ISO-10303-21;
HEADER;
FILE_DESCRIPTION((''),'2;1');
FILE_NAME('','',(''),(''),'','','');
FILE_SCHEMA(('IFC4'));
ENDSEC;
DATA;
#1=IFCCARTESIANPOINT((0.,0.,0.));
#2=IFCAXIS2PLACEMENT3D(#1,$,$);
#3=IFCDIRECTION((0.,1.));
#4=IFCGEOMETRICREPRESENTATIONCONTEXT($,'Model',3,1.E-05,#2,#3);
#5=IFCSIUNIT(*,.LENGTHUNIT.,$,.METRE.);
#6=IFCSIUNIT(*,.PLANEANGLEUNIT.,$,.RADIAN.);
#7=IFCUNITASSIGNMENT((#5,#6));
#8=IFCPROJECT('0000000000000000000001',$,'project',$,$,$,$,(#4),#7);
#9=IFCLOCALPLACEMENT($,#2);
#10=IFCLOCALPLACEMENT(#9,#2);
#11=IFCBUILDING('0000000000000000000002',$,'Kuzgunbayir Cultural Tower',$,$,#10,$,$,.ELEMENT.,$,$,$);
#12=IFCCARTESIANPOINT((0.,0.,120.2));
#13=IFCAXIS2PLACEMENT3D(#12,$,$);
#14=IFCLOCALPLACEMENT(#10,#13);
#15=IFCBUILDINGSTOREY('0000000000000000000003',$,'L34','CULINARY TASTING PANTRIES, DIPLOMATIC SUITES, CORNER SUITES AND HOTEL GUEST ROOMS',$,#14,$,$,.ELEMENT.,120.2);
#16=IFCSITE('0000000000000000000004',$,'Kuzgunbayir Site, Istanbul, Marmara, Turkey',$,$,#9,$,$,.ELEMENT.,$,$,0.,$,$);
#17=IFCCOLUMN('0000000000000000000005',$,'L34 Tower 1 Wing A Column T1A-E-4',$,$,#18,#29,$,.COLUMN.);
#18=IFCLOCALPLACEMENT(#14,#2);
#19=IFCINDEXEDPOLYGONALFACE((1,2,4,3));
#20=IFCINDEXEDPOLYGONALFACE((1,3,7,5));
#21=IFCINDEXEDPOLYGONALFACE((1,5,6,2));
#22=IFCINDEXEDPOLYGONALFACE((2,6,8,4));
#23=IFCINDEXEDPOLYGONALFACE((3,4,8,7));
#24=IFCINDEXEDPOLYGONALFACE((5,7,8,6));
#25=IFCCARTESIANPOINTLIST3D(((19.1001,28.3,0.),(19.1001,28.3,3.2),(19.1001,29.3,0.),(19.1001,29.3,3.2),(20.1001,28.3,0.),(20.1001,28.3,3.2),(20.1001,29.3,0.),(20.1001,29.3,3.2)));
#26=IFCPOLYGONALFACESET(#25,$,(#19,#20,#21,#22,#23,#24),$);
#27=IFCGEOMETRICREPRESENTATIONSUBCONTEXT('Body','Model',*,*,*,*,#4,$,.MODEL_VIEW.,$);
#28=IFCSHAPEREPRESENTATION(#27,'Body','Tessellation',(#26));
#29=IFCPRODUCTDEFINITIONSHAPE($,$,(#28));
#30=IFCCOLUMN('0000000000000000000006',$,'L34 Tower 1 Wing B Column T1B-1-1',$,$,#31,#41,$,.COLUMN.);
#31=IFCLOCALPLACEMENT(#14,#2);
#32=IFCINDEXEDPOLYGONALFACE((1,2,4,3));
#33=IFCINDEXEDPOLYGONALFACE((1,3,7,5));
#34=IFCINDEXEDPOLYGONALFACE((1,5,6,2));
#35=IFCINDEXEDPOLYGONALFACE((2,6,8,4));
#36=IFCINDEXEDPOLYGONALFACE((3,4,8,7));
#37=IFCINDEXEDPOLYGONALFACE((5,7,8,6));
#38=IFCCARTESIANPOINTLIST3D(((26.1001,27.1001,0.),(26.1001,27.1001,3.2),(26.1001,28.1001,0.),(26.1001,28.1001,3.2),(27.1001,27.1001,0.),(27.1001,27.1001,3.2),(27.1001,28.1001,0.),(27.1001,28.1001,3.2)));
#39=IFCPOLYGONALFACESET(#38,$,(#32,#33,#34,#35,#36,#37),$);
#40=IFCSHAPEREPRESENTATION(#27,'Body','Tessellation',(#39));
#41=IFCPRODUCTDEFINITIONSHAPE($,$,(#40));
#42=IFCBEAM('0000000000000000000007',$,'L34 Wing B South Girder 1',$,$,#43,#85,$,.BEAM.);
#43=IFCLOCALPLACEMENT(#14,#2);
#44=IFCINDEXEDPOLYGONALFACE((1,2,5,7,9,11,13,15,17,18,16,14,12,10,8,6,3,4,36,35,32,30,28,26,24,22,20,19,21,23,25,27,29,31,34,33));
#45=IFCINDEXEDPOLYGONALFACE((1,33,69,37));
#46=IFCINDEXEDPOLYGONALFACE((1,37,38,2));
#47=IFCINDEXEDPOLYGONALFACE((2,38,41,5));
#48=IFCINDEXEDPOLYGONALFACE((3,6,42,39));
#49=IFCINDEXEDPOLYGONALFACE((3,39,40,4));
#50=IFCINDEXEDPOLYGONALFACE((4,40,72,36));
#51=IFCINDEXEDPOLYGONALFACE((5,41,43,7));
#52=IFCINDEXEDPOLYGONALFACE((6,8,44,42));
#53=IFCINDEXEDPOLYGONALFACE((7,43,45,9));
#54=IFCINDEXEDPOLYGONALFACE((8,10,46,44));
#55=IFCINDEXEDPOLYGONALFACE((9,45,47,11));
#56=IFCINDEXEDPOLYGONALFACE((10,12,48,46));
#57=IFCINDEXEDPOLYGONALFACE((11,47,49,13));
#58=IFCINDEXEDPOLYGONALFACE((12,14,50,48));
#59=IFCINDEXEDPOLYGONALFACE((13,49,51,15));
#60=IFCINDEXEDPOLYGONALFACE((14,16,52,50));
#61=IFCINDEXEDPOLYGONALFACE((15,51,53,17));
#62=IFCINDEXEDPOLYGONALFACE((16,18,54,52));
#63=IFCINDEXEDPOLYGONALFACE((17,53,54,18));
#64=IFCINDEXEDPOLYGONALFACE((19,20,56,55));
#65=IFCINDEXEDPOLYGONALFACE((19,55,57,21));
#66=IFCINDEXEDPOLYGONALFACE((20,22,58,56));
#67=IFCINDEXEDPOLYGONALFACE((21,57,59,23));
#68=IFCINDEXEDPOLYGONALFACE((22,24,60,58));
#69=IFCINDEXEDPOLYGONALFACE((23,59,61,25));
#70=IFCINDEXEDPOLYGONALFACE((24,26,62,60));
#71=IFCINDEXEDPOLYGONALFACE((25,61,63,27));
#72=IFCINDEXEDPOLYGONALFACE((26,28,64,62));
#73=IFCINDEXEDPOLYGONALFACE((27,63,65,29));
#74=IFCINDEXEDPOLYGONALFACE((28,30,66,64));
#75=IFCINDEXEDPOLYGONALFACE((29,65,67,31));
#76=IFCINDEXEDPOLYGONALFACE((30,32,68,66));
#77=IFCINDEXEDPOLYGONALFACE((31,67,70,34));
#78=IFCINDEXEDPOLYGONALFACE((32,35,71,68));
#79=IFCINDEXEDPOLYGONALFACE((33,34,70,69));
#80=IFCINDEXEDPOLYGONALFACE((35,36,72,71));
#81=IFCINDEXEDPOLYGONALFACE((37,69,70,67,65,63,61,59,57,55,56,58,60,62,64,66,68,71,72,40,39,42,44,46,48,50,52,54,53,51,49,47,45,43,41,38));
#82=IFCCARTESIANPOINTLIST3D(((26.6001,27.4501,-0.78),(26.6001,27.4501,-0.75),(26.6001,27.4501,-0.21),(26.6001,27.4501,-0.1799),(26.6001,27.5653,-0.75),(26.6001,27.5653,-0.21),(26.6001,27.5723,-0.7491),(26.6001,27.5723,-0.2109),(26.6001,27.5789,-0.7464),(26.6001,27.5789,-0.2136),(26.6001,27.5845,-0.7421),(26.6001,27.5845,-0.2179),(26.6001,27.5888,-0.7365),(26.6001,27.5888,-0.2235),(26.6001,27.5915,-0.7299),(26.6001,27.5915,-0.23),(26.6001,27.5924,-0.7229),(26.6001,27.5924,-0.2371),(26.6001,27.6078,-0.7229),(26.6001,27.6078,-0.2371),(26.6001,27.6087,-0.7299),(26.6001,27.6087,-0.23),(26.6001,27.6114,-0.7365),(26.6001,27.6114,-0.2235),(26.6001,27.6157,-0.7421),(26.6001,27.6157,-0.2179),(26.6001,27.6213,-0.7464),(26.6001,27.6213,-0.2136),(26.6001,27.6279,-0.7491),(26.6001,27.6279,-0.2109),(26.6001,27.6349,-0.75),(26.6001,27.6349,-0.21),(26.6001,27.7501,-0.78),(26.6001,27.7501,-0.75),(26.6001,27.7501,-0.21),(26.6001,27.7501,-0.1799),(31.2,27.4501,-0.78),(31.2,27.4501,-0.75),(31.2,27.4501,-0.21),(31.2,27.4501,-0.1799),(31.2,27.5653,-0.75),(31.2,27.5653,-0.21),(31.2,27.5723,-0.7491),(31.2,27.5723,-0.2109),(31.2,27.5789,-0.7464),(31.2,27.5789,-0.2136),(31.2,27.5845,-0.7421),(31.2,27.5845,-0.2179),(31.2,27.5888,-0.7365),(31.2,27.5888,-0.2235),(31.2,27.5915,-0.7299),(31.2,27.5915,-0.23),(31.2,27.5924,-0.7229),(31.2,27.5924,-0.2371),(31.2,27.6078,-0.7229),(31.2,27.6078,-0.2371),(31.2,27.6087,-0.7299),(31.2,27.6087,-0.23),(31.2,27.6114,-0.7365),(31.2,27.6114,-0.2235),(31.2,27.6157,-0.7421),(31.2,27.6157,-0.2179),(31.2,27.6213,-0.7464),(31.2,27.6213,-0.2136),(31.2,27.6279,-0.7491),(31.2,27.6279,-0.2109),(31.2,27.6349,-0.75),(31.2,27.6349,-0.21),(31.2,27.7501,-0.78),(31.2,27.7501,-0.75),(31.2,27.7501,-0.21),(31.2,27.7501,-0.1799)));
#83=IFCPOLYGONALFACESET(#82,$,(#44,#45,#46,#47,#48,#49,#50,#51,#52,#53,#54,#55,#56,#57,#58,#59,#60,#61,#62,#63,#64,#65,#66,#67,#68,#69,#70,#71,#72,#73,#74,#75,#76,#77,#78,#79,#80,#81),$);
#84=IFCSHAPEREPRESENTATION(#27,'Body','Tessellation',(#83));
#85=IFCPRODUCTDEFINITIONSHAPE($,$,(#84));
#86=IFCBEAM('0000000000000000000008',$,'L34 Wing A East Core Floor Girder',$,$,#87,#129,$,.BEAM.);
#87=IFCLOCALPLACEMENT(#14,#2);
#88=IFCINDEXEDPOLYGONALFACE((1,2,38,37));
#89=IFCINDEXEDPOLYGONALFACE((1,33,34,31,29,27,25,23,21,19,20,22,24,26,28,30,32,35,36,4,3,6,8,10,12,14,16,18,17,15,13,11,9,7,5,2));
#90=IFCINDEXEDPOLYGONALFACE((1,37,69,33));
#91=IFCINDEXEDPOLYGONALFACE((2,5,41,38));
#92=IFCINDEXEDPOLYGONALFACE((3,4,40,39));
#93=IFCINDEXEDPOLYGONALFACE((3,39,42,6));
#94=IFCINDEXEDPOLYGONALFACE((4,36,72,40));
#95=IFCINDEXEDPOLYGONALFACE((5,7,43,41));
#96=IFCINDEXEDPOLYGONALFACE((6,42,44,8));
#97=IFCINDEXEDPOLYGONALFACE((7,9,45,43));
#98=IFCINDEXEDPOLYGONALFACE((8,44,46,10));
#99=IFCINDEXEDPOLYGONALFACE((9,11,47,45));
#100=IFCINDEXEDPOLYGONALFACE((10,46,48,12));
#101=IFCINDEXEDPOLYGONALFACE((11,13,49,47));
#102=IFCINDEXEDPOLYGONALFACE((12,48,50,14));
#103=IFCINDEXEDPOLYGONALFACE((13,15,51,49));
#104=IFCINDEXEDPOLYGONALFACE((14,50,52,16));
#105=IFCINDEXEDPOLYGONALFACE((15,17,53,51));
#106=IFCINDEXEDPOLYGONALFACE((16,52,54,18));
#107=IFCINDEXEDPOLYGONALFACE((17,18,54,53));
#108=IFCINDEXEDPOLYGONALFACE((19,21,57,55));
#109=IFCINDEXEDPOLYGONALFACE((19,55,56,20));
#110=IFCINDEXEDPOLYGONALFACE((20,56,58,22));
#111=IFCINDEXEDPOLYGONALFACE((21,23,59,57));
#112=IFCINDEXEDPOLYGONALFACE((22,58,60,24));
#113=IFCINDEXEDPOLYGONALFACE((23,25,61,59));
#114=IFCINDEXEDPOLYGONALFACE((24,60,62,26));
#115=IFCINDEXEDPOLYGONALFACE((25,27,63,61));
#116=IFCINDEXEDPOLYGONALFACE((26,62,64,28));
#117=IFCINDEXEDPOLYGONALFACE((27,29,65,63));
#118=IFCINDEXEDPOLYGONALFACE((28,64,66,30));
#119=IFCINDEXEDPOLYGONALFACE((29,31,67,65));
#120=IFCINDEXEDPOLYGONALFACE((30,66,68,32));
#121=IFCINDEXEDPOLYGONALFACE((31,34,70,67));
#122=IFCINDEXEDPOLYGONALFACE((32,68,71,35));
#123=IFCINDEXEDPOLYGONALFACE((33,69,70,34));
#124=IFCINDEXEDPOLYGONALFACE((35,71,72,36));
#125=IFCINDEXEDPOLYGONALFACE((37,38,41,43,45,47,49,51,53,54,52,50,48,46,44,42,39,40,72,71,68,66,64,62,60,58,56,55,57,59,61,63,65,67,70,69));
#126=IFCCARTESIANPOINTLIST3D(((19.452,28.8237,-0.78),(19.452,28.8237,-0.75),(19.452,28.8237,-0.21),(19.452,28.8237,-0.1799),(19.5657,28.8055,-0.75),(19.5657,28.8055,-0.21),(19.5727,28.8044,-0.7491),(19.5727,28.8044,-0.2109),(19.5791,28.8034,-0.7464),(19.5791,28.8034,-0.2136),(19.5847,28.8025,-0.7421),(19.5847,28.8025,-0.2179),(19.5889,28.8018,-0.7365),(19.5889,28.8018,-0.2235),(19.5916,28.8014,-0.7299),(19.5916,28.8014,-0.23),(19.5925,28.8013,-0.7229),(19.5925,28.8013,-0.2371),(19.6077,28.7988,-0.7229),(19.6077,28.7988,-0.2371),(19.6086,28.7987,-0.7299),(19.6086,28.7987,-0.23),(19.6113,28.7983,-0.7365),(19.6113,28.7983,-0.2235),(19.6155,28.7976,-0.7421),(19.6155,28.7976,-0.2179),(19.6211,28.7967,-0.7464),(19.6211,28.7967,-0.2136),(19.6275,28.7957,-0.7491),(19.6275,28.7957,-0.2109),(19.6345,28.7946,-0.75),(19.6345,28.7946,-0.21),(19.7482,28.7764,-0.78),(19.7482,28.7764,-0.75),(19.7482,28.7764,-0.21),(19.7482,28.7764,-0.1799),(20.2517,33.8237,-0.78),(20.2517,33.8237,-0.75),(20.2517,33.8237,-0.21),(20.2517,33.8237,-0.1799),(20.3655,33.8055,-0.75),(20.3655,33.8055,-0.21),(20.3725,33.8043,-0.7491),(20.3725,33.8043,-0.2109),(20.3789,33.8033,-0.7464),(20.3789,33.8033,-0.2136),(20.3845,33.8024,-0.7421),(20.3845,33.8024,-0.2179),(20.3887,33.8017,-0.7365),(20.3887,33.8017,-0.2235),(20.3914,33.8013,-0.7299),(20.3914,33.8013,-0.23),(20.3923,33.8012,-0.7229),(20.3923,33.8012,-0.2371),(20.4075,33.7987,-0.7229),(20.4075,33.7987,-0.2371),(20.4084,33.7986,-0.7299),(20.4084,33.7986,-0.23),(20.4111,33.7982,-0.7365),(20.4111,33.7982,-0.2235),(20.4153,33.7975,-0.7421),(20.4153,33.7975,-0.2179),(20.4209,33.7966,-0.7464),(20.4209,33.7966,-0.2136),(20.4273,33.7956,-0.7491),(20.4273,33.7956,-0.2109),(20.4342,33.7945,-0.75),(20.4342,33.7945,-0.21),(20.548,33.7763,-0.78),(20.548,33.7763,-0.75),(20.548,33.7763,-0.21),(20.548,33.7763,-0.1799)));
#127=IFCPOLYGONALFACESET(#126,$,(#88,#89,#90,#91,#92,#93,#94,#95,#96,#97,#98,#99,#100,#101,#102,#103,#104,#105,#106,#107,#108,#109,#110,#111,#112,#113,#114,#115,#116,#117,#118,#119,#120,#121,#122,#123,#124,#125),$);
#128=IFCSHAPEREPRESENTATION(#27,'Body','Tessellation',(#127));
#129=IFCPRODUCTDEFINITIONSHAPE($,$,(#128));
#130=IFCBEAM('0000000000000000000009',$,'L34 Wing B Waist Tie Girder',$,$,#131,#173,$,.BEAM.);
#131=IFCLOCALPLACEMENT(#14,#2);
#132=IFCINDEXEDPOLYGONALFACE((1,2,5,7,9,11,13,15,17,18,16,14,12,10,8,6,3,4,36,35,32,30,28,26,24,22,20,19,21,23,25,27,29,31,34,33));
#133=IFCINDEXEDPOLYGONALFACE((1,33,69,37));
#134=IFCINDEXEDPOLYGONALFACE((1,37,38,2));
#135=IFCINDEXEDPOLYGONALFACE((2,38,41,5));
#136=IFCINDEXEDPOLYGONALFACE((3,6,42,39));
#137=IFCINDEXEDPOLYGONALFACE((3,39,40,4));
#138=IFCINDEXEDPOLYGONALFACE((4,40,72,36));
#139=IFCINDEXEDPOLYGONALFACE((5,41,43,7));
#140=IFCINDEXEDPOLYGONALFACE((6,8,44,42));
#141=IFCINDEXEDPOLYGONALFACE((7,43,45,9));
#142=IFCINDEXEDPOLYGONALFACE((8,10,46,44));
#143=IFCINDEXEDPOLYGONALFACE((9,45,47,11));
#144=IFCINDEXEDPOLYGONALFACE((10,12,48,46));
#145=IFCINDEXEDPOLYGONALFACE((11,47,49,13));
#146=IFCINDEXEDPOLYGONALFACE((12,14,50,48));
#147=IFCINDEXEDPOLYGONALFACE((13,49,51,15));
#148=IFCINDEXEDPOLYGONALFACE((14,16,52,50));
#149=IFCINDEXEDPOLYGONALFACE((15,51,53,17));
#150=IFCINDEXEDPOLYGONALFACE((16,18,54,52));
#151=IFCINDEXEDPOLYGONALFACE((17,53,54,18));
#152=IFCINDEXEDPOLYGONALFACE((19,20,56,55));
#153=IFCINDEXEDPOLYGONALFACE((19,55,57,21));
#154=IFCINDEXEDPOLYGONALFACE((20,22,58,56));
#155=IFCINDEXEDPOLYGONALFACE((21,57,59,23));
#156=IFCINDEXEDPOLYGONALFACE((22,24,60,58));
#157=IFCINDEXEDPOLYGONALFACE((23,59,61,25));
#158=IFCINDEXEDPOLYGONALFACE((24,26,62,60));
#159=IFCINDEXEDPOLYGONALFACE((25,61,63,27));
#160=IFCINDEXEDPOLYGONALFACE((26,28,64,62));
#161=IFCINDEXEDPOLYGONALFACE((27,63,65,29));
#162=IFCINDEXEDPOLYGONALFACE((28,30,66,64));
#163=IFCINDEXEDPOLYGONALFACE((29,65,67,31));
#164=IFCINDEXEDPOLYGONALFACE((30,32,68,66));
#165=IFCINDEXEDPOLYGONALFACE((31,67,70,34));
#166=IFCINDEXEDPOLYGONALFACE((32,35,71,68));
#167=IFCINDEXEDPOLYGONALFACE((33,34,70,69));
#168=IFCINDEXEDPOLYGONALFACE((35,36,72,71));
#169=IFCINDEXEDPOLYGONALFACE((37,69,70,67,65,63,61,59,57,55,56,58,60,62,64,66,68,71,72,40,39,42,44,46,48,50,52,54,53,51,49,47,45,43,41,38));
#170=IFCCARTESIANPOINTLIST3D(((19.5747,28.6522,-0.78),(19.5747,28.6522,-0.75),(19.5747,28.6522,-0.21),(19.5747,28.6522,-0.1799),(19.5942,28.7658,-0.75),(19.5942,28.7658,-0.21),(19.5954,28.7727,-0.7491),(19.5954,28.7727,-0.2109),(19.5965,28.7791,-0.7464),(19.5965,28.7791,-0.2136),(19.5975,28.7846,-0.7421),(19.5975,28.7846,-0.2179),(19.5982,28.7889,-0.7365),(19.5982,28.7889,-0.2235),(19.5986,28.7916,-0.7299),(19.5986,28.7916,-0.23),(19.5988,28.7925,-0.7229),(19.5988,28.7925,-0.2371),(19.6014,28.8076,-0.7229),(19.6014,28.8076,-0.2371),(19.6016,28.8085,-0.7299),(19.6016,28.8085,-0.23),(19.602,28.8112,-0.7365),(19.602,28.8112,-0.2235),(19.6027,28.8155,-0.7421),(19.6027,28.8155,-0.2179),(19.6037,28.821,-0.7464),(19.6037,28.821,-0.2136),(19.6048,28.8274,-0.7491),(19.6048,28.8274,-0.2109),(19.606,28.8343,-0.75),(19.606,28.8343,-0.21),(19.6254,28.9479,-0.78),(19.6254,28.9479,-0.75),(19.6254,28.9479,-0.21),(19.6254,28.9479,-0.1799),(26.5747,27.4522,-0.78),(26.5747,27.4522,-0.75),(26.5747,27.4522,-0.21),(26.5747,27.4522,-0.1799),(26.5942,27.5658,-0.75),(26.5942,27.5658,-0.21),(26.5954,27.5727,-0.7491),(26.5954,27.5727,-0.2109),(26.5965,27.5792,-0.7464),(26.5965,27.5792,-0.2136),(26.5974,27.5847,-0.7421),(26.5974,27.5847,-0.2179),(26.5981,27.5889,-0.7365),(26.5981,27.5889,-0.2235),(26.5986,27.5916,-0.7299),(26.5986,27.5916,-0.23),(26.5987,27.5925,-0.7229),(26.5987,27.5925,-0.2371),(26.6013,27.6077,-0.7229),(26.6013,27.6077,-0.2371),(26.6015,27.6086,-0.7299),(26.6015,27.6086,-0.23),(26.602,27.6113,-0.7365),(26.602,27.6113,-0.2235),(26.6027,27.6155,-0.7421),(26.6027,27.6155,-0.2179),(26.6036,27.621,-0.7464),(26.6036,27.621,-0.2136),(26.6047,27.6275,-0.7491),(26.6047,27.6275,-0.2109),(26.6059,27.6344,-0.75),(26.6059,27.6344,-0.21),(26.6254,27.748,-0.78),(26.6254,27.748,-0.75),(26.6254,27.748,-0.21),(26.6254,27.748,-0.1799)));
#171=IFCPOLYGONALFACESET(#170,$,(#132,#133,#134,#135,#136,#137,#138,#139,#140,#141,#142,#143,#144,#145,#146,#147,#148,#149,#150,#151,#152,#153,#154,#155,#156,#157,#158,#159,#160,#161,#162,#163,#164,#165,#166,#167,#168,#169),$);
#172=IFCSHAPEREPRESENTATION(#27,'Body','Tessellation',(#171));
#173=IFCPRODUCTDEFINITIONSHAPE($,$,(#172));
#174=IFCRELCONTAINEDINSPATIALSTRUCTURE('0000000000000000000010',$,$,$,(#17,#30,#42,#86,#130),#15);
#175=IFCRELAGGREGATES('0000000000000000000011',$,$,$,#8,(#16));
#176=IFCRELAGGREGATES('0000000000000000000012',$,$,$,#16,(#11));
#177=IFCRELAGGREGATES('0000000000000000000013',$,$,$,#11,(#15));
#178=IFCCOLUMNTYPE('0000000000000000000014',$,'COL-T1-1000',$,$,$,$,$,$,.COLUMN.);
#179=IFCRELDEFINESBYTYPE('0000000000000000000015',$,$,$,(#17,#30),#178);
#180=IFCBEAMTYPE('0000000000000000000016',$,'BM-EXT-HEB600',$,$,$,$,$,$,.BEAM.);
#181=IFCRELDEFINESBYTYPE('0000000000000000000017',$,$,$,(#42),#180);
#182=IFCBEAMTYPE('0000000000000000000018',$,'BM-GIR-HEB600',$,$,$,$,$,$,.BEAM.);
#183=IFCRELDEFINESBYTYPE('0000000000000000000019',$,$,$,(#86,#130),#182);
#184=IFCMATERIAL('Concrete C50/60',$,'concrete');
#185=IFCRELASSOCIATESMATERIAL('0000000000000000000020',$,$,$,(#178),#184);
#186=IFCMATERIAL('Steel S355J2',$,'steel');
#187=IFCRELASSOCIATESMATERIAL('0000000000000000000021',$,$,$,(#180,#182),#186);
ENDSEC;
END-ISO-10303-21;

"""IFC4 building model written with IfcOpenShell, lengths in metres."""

from ifc_helpers import new_model, si_unit, direction, frame, origin, origin_2d, place, context, subcontext, project, spatial, rectangle, i_section, extrude, material, material_profile, profile_set, type_object, element, save


model = new_model("IFC4")

# Units and contexts
model_context = context("Model", 3, precision=1e-05, world=origin(), true_north=direction((0.0, 1.0)))
body_context = subcontext(model_context, "Body", "Model", "MODEL_VIEW")
ifc_project = project(units=[si_unit("LENGTHUNIT", "METRE"), si_unit("PLANEANGLEUNIT", "RADIAN")], contexts=[model_context])

# Site, building, storey
site_placement = place(None, origin())
site = spatial("IfcSite", under=ifc_project, at=site_placement, Name="Kuzgunbayir Site, Istanbul, Marmara, Turkey", CompositionType="ELEMENT", RefElevation=0.0)
building_placement = place(site_placement, origin())
building = spatial("IfcBuilding", under=site, at=building_placement, Name="Kuzgunbayir Cultural Tower", CompositionType="ELEMENT")
storey_placement = place(building_placement, frame((0.0, 0.0, 120.2)))
storey = spatial("IfcBuildingStorey", under=building, at=storey_placement, Name="L34", Description="CULINARY TASTING PANTRIES, DIPLOMATIC SUITES, CORNER SUITES AND HOTEL GUEST ROOMS", CompositionType="ELEMENT", Elevation=120.2)

# Columns
ifc_material_1 = material(Name="Concrete C50/60", Category="concrete")
ifc_material_profile_1 = material_profile(ifc_material_1, rectangle(XDim=1.0, YDim=1.0, at=origin_2d()), Name="RC 1000x1000")
ifc_profile_set_1 = profile_set([ifc_material_profile_1], Name="Concrete C50/60")
column_type = type_object("IfcColumnType", Name="COL-T1-1000", PredefinedType="COLUMN", material=ifc_profile_set_1)
for number, where, z_axis, x_axis, name in (
    (1, (19.6001, 28.8, 0.0), (0.0, 0.0, 1.0), (1.0, 0.0, 0.0), "L34 Tower 1 Wing A Column T1A-E-4"),
    (2, (26.6001, 27.6001, 0.0), (0.0, 0.0, 1.0), (1.0, 0.0, 0.0), "L34 Tower 1 Wing B Column T1B-1-1"),
):
    element("IfcColumn", number, at=place(storey_placement, frame(where, z_axis=z_axis, x_axis=x_axis)), inside=storey, type_object=column_type, Name=name, PredefinedType="COLUMN", context=body_context, shape_type="SweptSolid", body=[
        extrude(rectangle(XDim=1.0, YDim=1.0, at=origin_2d()), origin(), (0.0, 0.0, 1.0), 3.2),
    ])

# Beams
ifc_material_2 = material(Name="Steel S355J2", Category="steel")
ifc_material_profile_2 = material_profile(ifc_material_2, i_section(OverallWidth=0.3, OverallDepth=0.6001, WebThickness=0.0154, FlangeThickness=0.03, FilletRadius=0.0271, at=origin_2d()), Name="HEB 600")
ifc_profile_set_2 = profile_set([ifc_material_profile_2], Name="Steel S355J2")
beam_type_1 = type_object("IfcBeamType", Name="BM-EXT-HEB600", PredefinedType="BEAM", material=ifc_profile_set_2)
beam_1_placement = place(storey_placement, frame((26.6001, 27.6001, -0.48), z_axis=(1.0, 0.0, 0.0), x_axis=(0.0, 1.0, 0.0)))
element("IfcBeam", 3, at=beam_1_placement, inside=storey, type_object=beam_type_1, Name="L34 Wing B South Girder 1", PredefinedType="BEAM", context=body_context, shape_type="SweptSolid", body=[
    extrude(i_section(OverallWidth=0.3, OverallDepth=0.6001, WebThickness=0.0154, FlangeThickness=0.03, FilletRadius=0.0271, at=origin_2d()), origin(), (0.0, 0.0, 1.0), 4.5999),
])
ifc_material_profile_3 = material_profile(ifc_material_2, i_section(OverallWidth=0.3, OverallDepth=0.6001, WebThickness=0.0154, FlangeThickness=0.03, FilletRadius=0.0271, at=origin_2d()), Name="HEB 600")
ifc_profile_set_3 = profile_set([ifc_material_profile_3], Name="Steel S355J2")
beam_type_2 = type_object("IfcBeamType", Name="BM-GIR-HEB600", PredefinedType="BEAM", material=ifc_profile_set_3)
beam_2_placement = place(storey_placement, frame((19.6001, 28.8, -0.48), z_axis=(0.157953, 0.987447, 0.0), x_axis=(-0.987447, 0.157953, 0.0)))
element("IfcBeam", 4, at=beam_2_placement, inside=storey, type_object=beam_type_2, Name="L34 Wing A East Core Floor Girder", PredefinedType="BEAM", context=body_context, shape_type="SweptSolid", body=[
    extrude(i_section(OverallWidth=0.3, OverallDepth=0.6001, WebThickness=0.0154, FlangeThickness=0.03, FilletRadius=0.0271, at=origin_2d()), origin(), (0.0, 0.0, 1.0), 5.0635),
])
beam_3_placement = place(storey_placement, frame((19.6001, 28.8, -0.48), z_axis=(0.985623, -0.168957, 0.0), x_axis=(0.168957, 0.985623, 0.0)))
element("IfcBeam", 5, at=beam_3_placement, inside=storey, type_object=beam_type_2, Name="L34 Wing B Waist Tie Girder", PredefinedType="BEAM", context=body_context, shape_type="SweptSolid", body=[
    extrude(i_section(OverallWidth=0.3, OverallDepth=0.6001, WebThickness=0.0154, FlangeThickness=0.03, FilletRadius=0.0271, at=origin_2d()), origin(), (0.0, 0.0, 1.0), 7.1021),
])

save(model, "model.ifc")
